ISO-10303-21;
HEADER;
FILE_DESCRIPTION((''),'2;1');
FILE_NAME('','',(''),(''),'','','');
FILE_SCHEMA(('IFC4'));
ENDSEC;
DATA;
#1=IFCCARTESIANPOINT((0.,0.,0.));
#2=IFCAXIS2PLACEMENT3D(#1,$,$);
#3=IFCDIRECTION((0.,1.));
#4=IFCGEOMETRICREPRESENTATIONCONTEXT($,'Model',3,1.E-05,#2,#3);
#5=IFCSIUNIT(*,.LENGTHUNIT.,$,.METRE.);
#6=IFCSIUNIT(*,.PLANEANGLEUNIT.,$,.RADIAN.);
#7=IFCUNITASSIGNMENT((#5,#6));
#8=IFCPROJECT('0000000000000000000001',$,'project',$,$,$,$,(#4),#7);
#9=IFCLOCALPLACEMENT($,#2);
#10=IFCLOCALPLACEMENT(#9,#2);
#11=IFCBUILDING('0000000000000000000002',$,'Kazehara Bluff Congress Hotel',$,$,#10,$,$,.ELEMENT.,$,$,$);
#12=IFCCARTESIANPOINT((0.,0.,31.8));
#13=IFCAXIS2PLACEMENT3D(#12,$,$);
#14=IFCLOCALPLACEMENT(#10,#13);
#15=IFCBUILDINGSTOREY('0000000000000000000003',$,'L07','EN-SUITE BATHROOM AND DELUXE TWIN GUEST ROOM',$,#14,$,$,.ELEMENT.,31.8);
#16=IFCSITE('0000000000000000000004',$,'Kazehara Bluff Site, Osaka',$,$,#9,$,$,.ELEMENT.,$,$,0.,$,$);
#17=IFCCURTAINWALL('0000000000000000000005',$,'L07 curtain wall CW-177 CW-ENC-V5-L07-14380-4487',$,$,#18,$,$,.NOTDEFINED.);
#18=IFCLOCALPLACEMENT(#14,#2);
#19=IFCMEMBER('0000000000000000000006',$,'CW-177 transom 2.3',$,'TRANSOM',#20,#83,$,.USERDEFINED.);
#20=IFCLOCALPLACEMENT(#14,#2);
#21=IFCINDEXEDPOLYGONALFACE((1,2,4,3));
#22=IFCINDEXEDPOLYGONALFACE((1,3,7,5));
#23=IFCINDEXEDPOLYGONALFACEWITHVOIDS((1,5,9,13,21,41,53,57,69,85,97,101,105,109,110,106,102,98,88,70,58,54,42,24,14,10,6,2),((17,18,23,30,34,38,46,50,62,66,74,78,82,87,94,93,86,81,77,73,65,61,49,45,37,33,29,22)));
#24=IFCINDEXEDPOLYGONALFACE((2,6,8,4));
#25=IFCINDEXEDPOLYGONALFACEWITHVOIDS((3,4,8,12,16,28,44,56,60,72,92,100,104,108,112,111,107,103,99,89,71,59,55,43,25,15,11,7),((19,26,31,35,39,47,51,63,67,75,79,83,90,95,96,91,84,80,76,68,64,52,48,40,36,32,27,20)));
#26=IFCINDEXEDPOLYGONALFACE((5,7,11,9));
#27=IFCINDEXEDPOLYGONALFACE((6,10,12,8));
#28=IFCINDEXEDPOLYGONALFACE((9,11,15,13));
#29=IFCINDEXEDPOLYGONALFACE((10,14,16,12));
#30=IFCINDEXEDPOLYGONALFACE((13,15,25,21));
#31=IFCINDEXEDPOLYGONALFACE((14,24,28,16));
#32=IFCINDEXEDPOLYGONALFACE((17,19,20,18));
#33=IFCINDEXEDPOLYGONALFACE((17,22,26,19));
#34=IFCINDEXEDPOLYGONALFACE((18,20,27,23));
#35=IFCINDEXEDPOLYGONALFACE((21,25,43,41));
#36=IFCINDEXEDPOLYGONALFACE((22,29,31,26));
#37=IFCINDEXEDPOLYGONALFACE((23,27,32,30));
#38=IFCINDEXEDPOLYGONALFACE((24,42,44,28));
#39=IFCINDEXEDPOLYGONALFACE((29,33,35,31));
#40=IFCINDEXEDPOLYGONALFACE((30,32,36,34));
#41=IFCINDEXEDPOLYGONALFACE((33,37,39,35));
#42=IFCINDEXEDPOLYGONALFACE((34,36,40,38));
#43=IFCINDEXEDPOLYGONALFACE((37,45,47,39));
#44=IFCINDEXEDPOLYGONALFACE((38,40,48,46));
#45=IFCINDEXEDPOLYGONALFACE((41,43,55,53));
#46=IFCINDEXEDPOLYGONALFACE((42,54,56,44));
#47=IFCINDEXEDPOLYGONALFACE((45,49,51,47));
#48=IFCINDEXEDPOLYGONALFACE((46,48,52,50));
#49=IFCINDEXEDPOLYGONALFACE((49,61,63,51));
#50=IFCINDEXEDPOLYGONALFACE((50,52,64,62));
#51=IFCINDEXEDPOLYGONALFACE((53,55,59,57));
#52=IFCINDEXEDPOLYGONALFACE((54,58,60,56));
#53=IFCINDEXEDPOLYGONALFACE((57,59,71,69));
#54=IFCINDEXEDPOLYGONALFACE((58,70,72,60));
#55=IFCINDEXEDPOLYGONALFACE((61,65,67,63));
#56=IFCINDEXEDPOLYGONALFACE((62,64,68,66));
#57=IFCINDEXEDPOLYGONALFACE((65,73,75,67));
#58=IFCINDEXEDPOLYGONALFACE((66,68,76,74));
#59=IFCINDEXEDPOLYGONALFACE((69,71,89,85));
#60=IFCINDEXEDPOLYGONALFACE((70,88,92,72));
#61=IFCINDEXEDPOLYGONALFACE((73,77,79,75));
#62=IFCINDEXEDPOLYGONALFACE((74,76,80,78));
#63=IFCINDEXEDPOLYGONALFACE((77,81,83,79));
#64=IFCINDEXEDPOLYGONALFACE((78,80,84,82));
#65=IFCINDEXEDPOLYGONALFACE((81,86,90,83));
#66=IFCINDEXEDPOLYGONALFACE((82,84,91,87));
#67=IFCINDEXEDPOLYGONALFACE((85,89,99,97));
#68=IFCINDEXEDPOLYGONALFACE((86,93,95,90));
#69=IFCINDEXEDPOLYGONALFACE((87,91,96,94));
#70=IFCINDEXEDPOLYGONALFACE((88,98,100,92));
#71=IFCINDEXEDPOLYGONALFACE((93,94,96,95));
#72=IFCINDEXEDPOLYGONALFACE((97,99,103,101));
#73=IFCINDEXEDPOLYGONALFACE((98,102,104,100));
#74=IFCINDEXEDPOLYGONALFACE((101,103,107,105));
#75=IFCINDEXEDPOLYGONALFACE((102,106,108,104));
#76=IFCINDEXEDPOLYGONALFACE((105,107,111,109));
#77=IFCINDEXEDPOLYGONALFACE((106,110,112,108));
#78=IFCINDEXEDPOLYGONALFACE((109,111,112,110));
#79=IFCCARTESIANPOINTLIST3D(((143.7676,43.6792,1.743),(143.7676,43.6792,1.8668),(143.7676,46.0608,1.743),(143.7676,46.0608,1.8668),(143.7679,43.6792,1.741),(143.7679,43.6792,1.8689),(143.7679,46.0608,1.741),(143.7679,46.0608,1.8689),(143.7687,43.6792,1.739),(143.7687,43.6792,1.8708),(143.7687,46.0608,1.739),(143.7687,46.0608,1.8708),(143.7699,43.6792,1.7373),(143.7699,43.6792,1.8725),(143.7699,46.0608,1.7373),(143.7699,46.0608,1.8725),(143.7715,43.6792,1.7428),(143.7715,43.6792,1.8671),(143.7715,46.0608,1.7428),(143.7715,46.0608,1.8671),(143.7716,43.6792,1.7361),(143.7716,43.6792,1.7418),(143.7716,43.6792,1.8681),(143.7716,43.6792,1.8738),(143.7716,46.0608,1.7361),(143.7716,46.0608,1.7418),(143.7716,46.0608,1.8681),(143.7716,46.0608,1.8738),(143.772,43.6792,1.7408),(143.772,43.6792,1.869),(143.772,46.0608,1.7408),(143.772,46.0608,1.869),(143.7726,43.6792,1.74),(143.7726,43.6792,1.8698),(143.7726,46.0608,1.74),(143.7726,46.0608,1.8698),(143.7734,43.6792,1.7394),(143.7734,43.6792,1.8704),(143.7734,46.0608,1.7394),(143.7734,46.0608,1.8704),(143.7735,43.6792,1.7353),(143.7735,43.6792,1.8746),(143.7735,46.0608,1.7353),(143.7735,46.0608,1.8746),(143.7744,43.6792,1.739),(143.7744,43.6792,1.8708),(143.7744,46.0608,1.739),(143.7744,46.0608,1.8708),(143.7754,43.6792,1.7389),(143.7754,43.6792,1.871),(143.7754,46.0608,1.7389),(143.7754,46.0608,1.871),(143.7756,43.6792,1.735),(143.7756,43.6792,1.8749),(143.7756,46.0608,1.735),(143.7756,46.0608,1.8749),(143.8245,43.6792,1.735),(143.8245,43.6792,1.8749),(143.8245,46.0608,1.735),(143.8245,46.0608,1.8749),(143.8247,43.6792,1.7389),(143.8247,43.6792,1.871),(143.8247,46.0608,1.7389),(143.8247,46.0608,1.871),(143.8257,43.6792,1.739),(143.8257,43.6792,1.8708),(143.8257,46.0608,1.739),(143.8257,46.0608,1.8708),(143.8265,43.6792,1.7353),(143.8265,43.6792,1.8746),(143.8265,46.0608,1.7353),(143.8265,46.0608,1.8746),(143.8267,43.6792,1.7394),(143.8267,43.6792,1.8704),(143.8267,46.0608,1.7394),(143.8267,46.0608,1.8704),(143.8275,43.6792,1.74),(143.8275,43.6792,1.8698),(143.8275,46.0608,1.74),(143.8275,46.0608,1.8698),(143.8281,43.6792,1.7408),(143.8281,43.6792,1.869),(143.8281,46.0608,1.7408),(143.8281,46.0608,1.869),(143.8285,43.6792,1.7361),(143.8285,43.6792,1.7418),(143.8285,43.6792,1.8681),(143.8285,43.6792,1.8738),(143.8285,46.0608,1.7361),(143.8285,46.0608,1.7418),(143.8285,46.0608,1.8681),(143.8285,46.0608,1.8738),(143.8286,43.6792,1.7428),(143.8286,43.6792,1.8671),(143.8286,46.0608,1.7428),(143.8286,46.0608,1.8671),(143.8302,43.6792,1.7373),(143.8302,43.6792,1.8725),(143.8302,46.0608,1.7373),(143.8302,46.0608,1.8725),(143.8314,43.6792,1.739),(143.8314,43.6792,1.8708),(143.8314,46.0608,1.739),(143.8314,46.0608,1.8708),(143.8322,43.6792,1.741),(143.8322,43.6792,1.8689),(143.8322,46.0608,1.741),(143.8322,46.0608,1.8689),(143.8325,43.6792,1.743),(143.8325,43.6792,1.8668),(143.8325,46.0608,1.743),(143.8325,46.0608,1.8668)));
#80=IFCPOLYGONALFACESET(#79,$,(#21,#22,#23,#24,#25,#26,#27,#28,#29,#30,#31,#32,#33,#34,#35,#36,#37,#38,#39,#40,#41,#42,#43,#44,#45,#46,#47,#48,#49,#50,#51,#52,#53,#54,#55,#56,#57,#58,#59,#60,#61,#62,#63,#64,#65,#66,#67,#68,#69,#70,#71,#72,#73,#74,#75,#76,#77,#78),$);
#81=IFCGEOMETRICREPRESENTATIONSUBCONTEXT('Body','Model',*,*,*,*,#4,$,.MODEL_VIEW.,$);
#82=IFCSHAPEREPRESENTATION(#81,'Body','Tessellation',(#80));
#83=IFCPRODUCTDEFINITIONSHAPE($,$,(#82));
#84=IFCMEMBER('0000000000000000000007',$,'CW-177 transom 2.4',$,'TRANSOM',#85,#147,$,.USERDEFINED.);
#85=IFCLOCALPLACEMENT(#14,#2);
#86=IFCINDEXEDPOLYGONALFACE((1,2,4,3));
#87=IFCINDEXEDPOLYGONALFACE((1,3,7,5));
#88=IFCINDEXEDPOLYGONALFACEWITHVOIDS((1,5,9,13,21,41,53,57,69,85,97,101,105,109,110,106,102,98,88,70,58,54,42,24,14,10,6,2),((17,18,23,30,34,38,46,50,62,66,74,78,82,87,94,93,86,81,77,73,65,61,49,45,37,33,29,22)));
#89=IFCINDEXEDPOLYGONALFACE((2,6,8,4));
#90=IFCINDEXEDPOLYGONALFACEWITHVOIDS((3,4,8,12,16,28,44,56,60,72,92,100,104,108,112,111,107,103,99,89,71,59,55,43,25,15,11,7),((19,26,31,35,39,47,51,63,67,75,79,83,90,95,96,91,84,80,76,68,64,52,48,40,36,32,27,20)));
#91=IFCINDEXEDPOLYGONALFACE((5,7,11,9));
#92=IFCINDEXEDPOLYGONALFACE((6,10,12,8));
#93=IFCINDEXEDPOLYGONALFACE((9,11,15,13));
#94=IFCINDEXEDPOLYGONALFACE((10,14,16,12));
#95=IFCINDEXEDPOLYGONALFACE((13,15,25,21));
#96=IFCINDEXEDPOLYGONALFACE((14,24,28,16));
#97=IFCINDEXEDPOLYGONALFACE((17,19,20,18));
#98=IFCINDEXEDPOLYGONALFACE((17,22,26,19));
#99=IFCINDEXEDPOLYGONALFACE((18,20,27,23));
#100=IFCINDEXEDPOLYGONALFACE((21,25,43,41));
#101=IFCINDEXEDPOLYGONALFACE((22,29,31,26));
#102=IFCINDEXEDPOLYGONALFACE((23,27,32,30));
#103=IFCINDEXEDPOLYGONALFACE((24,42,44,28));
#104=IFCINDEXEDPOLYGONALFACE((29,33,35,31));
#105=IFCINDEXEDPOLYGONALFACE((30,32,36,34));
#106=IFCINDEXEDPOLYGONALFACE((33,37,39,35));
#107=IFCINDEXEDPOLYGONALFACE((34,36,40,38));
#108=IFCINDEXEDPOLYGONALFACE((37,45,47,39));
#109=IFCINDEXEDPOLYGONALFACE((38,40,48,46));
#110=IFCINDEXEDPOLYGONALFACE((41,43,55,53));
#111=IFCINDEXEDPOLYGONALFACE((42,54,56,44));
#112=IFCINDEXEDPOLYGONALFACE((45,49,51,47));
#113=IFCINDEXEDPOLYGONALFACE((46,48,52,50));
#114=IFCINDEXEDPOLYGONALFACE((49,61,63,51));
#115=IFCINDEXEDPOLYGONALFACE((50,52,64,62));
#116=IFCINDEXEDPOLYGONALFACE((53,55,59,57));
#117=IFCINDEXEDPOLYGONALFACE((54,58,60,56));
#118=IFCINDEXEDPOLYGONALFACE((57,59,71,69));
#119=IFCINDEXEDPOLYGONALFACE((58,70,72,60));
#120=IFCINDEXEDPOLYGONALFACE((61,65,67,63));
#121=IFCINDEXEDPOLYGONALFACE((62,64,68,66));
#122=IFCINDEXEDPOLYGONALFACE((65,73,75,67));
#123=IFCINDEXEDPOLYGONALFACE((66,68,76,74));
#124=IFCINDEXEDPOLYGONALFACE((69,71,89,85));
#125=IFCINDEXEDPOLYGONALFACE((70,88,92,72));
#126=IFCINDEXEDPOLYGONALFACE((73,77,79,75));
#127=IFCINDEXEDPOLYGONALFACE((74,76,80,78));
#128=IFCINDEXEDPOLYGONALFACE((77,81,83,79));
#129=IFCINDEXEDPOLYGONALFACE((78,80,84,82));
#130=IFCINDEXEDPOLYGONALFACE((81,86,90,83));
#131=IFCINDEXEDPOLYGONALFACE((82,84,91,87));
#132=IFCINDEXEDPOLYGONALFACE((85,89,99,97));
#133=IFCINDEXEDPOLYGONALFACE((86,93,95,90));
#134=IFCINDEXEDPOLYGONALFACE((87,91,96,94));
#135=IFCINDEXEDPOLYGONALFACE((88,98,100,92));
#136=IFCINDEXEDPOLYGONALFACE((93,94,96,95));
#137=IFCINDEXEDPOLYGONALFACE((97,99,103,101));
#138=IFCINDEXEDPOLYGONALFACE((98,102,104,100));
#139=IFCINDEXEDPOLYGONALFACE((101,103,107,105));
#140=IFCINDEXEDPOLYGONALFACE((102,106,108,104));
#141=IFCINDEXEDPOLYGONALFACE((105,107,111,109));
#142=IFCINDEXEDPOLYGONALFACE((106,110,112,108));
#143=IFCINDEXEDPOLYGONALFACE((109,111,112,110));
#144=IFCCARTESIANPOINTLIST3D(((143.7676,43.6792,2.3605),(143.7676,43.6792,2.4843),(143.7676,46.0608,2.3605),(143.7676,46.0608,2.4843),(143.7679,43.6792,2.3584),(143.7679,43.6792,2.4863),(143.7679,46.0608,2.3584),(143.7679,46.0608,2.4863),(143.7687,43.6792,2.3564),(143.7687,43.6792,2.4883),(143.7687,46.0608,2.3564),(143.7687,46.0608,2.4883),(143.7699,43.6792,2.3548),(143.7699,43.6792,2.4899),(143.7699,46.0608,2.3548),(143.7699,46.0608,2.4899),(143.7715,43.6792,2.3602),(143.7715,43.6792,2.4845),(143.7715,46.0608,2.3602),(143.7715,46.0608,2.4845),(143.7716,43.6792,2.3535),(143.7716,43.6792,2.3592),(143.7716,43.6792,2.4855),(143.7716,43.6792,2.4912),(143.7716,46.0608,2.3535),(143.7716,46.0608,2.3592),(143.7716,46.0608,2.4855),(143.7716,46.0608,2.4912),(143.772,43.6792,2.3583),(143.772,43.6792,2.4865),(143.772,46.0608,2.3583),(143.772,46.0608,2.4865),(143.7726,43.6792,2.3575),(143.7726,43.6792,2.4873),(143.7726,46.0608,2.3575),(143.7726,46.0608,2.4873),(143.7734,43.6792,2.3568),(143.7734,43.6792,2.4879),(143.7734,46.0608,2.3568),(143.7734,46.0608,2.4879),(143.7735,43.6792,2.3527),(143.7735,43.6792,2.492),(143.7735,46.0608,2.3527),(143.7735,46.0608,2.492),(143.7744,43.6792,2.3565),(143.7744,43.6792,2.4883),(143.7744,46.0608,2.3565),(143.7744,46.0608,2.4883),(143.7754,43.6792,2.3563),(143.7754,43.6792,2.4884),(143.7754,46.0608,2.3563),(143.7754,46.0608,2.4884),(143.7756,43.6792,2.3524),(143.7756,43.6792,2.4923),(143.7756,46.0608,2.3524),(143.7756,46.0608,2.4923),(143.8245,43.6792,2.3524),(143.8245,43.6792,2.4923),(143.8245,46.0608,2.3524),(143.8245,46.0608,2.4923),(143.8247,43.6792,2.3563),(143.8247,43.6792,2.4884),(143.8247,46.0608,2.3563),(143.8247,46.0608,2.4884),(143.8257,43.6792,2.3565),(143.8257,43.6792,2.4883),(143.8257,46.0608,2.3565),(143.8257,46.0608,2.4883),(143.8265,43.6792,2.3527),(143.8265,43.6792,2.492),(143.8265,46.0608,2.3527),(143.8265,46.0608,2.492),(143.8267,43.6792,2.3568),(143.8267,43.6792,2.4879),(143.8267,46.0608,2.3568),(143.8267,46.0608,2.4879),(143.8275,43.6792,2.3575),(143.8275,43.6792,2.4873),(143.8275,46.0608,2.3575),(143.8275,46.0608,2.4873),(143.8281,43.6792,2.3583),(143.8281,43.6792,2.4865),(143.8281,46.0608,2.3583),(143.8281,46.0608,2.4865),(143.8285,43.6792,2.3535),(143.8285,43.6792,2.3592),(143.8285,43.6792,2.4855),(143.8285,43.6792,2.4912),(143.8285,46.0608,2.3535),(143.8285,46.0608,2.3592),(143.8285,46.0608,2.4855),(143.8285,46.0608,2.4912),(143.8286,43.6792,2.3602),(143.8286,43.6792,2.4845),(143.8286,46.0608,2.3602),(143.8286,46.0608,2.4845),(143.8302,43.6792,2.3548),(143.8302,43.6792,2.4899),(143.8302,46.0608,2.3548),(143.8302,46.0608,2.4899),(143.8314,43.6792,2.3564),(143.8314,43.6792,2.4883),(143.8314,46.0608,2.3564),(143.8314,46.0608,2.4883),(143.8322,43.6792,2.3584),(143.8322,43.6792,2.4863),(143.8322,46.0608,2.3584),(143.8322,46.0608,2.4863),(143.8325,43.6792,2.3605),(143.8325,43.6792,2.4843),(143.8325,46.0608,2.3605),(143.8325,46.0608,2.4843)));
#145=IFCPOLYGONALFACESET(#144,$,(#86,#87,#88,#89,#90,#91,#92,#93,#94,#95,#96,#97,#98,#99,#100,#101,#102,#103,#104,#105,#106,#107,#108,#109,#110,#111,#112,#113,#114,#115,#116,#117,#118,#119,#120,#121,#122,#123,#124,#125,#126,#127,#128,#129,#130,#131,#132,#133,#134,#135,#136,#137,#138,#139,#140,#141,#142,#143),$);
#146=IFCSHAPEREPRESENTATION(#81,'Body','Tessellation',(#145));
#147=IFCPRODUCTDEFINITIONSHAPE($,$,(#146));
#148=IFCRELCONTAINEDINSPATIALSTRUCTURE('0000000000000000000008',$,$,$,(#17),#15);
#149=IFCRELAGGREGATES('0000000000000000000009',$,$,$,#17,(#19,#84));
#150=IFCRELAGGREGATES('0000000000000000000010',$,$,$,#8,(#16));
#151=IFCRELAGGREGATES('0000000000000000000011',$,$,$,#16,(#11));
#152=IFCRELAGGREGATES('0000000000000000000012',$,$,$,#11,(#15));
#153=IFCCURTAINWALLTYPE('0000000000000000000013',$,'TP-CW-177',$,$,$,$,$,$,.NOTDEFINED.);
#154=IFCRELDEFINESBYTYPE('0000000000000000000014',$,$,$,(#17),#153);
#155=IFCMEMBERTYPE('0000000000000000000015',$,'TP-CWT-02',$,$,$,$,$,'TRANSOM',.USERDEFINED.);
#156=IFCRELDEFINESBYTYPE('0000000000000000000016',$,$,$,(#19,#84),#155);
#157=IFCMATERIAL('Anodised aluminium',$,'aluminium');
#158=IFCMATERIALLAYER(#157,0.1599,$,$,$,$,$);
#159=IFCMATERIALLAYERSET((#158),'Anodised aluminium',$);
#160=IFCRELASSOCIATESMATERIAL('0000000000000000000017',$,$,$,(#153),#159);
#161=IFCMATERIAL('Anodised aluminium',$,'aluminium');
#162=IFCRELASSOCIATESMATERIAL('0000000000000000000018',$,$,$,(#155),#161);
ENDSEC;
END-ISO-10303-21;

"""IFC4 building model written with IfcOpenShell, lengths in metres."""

from ifc_helpers import new_model, si_unit, direction, frame, origin, origin_2d, place, context, subcontext, project, spatial, hollow_rectangle, extrude, material, layer, layer_set, material_profile, profile_set, type_object, element, aggregate, save


model = new_model("IFC4")

# Units and contexts
model_context = context("Model", 3, precision=1e-05, world=origin(), true_north=direction((0.0, 1.0)))
body_context = subcontext(model_context, "Body", "Model", "MODEL_VIEW")
ifc_project = project(units=[si_unit("LENGTHUNIT", "METRE"), si_unit("PLANEANGLEUNIT", "RADIAN")], contexts=[model_context])

# Site, building, storey
site_placement = place(None, origin())
site = spatial("IfcSite", under=ifc_project, at=site_placement, Name="Kazehara Bluff Site, Osaka", CompositionType="ELEMENT", RefElevation=0.0)
building_placement = place(site_placement, origin())
building = spatial("IfcBuilding", under=site, at=building_placement, Name="Kazehara Bluff Congress Hotel", CompositionType="ELEMENT")
storey_placement = place(building_placement, frame((0.0, 0.0, 31.8)))
storey = spatial("IfcBuildingStorey", under=building, at=storey_placement, Name="L07", Description="EN-SUITE BATHROOM AND DELUXE TWIN GUEST ROOM", CompositionType="ELEMENT", Elevation=31.8)

# Curtain wall
ifc_material_1 = material(Name="Anodised aluminium", Category="aluminium")
ifc_layer_1 = layer(ifc_material_1, 0.1599)
ifc_layer_set_1 = layer_set([ifc_layer_1], Name="Anodised aluminium")
curtain_wall_type_1 = type_object("IfcCurtainWallType", Name="TP-CW-177", PredefinedType="NOTDEFINED", material=ifc_layer_set_1)
curtain_wall_1_placement = place(storey_placement, origin())
curtain_wall_1 = element("IfcCurtainWall", 1, at=curtain_wall_1_placement, inside=storey, type_object=curtain_wall_type_1, Name="L07 curtain wall CW-177 CW-ENC-V5-L07-14380-4487", PredefinedType="NOTDEFINED")

# Members
ifc_material_2 = material(Name="Anodised aluminium", Category="aluminium")
ifc_material_profile_1 = material_profile(ifc_material_2, hollow_rectangle(XDim=0.0649, YDim=0.1399, WallThickness=0.0039, InnerFilletRadius=0.0039, OuterFilletRadius=0.0081, at=origin_2d()))
ifc_profile_set_1 = profile_set([ifc_material_profile_1], Name="Anodised aluminium")
member_type_1 = type_object("IfcMemberType", Name="TP-CWT-02", ElementType="TRANSOM", PredefinedType="USERDEFINED", material=ifc_profile_set_1)
member_1_placement = place(storey_placement, frame((143.8, 43.6792, 1.8049), z_axis=(0.0, 1.0, 0.0), x_axis=(-1.0, 0.0, 0.0)))
member_1 = element("IfcMember", 2, at=member_1_placement, type_object=member_type_1, Name="CW-177 transom 2.3", ObjectType="TRANSOM", PredefinedType="USERDEFINED", context=body_context, shape_type="SweptSolid", body=[
    extrude(hollow_rectangle(XDim=0.0649, YDim=0.1399, WallThickness=0.0039, InnerFilletRadius=0.0039, OuterFilletRadius=0.0081, at=origin_2d()), origin(), (0.0, 0.0, 1.0), 2.3816),
])
member_2_placement = place(storey_placement, frame((143.8, 43.6792, 2.4224), z_axis=(0.0, 1.0, 0.0), x_axis=(-1.0, 0.0, 0.0)))
member_2 = element("IfcMember", 3, at=member_2_placement, type_object=member_type_1, Name="CW-177 transom 2.4", ObjectType="TRANSOM", PredefinedType="USERDEFINED", context=body_context, shape_type="SweptSolid", body=[
    extrude(hollow_rectangle(XDim=0.0649, YDim=0.1399, WallThickness=0.0039, InnerFilletRadius=0.0039, OuterFilletRadius=0.0081, at=origin_2d()), origin(), (0.0, 0.0, 1.0), 2.3816),
])

aggregate(curtain_wall_1, [member_1, member_2])

save(model, "model.ifc")
